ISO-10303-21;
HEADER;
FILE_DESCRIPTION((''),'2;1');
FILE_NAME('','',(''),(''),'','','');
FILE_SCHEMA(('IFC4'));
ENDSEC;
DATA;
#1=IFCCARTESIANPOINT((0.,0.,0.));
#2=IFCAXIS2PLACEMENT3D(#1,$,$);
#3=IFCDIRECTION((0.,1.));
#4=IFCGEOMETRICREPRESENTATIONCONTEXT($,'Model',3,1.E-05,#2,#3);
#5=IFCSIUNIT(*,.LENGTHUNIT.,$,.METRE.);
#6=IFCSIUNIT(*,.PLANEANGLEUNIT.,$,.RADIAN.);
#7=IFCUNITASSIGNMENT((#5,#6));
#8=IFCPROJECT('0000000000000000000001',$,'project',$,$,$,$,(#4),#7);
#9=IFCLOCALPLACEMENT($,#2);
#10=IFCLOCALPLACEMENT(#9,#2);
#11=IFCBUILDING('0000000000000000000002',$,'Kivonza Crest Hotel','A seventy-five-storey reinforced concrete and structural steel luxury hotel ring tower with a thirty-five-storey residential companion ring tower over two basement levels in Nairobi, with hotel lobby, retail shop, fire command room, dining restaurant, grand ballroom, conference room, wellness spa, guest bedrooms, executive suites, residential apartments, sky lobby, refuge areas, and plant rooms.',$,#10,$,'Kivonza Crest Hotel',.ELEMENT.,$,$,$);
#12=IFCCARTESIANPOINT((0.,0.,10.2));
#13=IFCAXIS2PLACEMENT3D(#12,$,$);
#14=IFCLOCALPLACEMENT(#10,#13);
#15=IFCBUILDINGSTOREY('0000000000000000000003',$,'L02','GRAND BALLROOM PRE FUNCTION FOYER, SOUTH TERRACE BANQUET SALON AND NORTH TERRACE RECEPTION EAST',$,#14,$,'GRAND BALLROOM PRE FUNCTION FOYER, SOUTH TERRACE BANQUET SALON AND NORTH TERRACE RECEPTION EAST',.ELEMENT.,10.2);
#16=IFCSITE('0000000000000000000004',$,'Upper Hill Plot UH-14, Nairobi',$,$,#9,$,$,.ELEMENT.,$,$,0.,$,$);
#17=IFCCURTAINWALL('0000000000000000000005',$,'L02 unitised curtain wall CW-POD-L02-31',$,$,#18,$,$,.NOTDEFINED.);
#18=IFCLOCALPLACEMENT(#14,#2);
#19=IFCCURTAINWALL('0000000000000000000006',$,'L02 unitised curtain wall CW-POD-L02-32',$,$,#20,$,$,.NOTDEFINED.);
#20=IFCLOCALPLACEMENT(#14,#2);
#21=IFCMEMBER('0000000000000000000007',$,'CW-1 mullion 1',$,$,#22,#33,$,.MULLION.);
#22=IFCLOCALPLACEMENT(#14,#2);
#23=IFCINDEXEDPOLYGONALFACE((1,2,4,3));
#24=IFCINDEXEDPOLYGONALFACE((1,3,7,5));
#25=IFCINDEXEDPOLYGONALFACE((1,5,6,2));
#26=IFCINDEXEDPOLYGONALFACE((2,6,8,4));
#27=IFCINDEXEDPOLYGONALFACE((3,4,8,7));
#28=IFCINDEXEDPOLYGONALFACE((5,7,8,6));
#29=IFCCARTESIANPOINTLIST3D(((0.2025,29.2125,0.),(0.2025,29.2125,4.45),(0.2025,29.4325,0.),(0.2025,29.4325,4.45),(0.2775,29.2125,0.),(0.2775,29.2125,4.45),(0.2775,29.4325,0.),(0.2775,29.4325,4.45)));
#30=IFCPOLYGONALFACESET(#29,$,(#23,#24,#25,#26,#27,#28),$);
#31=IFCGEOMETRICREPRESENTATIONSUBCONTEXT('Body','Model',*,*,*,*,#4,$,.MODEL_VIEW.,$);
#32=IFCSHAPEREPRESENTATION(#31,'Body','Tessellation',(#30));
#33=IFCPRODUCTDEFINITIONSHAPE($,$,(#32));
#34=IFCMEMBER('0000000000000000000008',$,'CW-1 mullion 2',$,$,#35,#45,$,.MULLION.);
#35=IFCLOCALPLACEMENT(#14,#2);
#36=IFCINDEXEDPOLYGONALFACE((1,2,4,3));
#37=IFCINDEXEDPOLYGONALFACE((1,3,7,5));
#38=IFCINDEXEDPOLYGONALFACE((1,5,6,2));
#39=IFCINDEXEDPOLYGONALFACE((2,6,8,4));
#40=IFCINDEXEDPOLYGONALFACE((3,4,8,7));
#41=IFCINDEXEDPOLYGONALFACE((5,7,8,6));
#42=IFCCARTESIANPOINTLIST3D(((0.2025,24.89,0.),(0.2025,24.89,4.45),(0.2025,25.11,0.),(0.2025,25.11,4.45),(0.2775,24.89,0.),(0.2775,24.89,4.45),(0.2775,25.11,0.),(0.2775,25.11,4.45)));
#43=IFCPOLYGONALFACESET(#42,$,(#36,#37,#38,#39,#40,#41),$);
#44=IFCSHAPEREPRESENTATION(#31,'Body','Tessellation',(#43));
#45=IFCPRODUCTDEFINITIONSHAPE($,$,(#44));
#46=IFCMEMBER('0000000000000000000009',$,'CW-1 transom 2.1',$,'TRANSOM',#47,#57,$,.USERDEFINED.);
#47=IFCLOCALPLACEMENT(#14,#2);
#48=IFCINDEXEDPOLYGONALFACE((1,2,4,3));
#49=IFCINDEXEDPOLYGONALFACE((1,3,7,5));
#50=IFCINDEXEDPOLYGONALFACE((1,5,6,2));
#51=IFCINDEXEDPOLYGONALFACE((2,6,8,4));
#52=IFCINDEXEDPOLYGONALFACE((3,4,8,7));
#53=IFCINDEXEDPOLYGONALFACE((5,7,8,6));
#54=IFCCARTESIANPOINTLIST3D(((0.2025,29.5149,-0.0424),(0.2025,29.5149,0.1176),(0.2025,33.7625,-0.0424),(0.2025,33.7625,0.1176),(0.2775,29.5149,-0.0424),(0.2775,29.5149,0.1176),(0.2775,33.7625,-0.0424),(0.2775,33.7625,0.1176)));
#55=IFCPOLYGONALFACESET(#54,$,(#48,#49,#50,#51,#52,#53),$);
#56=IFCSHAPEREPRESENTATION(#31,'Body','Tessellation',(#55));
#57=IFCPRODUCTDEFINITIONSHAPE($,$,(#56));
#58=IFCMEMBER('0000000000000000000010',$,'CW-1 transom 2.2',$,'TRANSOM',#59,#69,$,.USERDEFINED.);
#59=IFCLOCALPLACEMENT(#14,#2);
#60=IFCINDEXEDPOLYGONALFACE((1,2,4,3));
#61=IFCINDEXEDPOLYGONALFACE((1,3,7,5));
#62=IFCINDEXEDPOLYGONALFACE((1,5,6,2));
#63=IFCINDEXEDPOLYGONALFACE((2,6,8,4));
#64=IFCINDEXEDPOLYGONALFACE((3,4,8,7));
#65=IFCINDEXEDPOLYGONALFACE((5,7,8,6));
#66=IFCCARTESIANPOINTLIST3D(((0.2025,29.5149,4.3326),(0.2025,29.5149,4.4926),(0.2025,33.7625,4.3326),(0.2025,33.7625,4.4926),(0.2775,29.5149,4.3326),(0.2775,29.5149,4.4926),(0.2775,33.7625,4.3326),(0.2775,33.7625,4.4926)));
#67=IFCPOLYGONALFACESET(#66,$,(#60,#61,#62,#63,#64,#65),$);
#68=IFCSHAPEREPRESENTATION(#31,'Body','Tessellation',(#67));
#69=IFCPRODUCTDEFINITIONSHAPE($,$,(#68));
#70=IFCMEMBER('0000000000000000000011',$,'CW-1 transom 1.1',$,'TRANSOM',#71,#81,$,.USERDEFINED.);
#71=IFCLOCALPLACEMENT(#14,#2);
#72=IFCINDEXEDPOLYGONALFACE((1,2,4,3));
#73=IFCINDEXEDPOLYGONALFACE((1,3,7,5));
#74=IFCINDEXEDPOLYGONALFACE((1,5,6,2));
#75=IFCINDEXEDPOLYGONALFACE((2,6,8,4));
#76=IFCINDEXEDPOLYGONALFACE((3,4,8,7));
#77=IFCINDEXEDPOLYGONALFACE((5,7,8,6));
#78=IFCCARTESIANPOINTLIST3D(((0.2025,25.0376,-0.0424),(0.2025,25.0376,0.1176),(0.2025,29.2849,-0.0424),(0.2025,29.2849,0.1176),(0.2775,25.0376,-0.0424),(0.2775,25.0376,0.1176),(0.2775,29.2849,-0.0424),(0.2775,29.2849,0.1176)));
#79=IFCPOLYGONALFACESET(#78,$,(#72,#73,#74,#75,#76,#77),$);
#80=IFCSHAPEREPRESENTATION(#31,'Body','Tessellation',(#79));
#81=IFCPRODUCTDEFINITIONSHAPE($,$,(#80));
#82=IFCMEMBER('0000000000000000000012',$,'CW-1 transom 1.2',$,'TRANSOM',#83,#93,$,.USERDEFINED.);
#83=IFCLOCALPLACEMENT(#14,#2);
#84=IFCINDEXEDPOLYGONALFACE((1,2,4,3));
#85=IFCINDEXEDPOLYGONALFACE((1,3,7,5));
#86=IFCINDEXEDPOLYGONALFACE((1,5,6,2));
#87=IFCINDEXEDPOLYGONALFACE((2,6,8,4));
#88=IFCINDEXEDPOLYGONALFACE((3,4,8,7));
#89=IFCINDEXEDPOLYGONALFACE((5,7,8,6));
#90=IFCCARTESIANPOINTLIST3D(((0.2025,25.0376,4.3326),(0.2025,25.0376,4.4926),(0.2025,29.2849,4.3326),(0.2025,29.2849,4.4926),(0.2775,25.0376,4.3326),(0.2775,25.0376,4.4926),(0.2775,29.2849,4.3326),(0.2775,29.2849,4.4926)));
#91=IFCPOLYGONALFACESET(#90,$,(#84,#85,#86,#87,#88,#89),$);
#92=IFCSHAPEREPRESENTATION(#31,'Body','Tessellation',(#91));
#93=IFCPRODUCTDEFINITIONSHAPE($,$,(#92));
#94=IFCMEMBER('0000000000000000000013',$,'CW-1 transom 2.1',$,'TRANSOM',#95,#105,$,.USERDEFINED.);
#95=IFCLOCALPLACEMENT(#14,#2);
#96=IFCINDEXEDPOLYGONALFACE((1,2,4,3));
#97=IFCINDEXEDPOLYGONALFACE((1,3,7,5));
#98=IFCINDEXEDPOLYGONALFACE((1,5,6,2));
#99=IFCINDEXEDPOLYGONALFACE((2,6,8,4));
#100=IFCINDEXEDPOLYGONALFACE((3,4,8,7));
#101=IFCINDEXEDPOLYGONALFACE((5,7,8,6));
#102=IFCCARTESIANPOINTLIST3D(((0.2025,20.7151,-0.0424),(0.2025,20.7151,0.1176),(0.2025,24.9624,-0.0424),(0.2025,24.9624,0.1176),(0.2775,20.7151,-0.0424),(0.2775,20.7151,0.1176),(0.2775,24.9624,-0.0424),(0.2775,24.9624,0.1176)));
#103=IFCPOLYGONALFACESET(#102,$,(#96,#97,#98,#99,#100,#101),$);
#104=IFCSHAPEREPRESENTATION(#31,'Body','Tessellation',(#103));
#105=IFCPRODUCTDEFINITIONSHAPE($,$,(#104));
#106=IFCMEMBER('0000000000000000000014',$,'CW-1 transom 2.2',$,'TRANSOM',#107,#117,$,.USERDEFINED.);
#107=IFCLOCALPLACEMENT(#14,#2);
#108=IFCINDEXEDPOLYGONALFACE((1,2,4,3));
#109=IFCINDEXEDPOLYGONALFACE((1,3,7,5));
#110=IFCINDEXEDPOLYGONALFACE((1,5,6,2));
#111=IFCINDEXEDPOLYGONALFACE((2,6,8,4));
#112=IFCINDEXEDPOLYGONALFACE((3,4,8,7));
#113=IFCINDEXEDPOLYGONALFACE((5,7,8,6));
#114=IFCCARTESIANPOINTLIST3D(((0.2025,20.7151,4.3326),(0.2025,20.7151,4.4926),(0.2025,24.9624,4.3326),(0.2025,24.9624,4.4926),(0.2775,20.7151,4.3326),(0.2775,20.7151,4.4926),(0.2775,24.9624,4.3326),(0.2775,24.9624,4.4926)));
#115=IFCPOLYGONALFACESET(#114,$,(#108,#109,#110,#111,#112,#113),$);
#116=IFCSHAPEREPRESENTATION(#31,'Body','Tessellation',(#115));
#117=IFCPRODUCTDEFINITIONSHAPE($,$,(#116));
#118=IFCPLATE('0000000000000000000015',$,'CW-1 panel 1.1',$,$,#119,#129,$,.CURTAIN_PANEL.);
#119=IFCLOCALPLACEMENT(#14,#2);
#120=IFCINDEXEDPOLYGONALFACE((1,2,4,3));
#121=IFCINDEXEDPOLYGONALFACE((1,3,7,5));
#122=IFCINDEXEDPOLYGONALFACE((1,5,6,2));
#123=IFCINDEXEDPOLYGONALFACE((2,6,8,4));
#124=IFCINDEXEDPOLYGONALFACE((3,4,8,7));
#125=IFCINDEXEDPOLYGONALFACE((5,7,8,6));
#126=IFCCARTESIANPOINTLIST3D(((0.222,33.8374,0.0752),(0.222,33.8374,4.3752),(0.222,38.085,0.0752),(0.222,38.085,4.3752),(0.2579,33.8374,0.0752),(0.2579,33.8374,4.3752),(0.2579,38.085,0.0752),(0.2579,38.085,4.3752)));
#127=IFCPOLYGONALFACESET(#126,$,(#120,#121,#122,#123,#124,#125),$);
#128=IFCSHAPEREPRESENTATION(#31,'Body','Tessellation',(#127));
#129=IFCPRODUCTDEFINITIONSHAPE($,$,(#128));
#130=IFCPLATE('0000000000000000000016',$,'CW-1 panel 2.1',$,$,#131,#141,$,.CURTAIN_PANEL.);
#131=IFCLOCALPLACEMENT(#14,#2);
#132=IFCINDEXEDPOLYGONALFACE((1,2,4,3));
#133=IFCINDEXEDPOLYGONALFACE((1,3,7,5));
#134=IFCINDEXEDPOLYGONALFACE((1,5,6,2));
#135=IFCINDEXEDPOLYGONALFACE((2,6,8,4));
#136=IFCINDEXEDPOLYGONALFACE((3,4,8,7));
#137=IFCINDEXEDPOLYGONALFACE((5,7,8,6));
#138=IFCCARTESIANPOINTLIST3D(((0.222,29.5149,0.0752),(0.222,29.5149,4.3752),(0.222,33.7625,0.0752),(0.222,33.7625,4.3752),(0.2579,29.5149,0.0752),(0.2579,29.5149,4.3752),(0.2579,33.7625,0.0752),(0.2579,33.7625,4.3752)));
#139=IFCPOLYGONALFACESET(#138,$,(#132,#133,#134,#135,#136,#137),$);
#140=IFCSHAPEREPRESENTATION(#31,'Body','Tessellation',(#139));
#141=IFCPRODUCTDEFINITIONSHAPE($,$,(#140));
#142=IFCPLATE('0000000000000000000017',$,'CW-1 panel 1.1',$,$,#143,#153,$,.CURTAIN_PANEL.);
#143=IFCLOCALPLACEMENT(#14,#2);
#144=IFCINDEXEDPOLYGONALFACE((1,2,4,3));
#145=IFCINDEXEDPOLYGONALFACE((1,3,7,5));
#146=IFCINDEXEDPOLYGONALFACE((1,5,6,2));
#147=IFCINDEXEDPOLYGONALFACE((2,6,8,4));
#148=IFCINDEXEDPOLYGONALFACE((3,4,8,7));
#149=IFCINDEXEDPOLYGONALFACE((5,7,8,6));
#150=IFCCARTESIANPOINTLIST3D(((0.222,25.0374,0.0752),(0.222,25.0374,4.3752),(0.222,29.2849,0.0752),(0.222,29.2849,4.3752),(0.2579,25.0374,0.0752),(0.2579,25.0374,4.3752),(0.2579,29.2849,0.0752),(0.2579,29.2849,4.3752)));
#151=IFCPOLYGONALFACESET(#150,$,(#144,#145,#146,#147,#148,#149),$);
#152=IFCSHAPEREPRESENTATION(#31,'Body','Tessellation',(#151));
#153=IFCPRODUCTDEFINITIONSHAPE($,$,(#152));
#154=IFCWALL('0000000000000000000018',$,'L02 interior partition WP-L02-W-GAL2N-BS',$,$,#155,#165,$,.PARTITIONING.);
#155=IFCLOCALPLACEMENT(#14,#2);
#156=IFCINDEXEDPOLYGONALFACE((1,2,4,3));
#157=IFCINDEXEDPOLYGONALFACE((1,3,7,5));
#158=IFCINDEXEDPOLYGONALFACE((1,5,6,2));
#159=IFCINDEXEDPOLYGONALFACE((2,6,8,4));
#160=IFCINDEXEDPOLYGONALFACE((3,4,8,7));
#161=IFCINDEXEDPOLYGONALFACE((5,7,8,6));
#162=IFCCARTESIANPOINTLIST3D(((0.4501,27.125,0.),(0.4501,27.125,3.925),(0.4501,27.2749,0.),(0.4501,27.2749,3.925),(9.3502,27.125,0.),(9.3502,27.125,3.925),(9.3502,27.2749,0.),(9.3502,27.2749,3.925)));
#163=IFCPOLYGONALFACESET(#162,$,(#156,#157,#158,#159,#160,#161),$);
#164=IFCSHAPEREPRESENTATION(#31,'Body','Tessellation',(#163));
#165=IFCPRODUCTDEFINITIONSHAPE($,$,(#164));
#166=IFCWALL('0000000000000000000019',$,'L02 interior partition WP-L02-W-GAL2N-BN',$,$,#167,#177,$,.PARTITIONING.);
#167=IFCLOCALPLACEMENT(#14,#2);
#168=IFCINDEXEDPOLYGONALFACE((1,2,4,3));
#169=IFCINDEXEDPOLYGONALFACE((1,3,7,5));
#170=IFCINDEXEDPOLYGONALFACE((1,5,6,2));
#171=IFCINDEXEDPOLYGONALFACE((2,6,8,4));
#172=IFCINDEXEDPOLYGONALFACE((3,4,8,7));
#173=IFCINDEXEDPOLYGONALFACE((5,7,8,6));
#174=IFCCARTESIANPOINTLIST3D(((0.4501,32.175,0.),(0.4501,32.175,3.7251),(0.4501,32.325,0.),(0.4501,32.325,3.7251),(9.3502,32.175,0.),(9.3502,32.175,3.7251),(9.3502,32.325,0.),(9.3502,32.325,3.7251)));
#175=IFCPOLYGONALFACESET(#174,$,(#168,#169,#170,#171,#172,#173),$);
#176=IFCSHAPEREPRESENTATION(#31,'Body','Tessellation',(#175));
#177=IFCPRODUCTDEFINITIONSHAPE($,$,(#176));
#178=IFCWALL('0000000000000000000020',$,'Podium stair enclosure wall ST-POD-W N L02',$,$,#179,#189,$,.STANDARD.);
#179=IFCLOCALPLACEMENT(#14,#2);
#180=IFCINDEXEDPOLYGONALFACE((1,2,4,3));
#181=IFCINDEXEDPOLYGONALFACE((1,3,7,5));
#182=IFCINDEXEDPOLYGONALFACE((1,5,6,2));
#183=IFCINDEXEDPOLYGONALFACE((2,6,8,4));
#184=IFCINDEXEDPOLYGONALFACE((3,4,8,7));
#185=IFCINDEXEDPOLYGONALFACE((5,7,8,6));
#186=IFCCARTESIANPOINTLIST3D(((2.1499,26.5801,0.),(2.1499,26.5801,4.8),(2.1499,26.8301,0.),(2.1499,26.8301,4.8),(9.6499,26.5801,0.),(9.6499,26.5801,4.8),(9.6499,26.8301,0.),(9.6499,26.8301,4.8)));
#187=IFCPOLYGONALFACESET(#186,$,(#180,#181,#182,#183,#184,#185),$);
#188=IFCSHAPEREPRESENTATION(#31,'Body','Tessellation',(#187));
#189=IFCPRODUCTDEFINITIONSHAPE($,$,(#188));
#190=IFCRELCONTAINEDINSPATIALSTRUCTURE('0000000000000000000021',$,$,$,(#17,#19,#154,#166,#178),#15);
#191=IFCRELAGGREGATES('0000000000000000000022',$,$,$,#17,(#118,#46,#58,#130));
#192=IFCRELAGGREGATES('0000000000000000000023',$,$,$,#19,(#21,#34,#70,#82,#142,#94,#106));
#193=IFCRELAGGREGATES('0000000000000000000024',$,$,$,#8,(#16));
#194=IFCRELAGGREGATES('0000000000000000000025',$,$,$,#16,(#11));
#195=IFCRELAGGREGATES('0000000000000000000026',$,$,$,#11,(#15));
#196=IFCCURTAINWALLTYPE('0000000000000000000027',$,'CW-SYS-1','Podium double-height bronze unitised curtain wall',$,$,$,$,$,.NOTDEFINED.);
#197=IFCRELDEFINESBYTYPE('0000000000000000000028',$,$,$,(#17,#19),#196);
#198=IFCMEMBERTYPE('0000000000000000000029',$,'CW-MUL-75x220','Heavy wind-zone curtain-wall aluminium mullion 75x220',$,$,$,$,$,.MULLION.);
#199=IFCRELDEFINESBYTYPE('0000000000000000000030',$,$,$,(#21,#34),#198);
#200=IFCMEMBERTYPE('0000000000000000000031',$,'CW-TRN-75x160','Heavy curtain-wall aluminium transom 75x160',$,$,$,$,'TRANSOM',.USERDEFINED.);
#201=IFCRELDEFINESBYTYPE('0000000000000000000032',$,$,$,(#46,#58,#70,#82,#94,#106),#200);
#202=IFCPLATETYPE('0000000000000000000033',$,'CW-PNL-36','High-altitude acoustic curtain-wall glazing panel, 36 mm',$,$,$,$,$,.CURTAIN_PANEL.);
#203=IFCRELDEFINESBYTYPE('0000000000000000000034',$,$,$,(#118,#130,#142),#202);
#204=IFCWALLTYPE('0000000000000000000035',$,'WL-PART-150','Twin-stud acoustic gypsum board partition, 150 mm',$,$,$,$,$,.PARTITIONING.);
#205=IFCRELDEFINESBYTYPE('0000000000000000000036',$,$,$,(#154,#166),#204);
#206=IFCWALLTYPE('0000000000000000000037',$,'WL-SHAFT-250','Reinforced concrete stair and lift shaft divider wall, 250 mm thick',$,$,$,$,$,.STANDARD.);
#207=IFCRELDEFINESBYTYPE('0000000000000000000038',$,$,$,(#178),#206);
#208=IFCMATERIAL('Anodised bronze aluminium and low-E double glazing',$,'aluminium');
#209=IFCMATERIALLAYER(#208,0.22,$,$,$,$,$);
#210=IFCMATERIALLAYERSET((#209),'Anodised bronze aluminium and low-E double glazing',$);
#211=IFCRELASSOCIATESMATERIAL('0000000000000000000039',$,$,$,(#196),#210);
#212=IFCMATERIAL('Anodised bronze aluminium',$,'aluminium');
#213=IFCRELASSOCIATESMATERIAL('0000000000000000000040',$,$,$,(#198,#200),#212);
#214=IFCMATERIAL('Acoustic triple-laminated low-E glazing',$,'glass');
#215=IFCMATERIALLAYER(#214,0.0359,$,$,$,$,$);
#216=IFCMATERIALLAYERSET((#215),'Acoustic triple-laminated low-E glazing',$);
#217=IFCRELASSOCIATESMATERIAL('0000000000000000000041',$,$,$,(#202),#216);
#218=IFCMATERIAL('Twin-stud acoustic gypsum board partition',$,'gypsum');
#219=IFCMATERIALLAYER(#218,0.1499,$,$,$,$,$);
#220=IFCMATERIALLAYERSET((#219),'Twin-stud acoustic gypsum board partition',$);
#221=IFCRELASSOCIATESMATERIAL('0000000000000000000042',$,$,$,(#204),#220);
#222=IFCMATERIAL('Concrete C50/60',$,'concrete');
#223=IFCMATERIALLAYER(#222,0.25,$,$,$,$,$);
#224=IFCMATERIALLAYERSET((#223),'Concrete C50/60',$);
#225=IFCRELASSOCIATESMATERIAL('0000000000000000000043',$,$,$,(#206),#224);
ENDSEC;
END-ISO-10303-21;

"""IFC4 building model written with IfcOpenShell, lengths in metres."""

from ifc_helpers import new_model, si_unit, direction, frame, frame_2d, origin, origin_2d, place, context, subcontext, project, spatial, rectangle, extrude, material, layer, layer_set, material_profile, profile_set, type_object, element, aggregate, save


model = new_model("IFC4")

# Units and contexts
model_context = context("Model", 3, precision=1e-05, world=origin(), true_north=direction((0.0, 1.0)))
body_context = subcontext(model_context, "Body", "Model", "MODEL_VIEW")
ifc_project = project(units=[si_unit("LENGTHUNIT", "METRE"), si_unit("PLANEANGLEUNIT", "RADIAN")], contexts=[model_context])

# Site, building, storey
site_placement = place(None, origin())
site = spatial("IfcSite", under=ifc_project, at=site_placement, Name="Upper Hill Plot UH-14, Nairobi", CompositionType="ELEMENT", RefElevation=0.0)
building_placement = place(site_placement, origin())
building = spatial("IfcBuilding", under=site, at=building_placement, Name="Kivonza Crest Hotel", Description="A seventy-five-storey reinforced concrete and structural steel luxury hotel ring tower with a thirty-five-storey residential companion ring tower over two basement levels in Nairobi, with hotel lobby, retail shop, fire command room, dining restaurant, grand ballroom, conference room, wellness spa, guest bedrooms, executive suites, residential apartments, sky lobby, refuge areas, and plant rooms.", LongName="Kivonza Crest Hotel", CompositionType="ELEMENT")
storey_placement = place(building_placement, frame((0.0, 0.0, 10.2)))
storey = spatial("IfcBuildingStorey", under=building, at=storey_placement, Name="L02", Description="GRAND BALLROOM PRE FUNCTION FOYER, SOUTH TERRACE BANQUET SALON AND NORTH TERRACE RECEPTION EAST", LongName="GRAND BALLROOM PRE FUNCTION FOYER, SOUTH TERRACE BANQUET SALON AND NORTH TERRACE RECEPTION EAST", CompositionType="ELEMENT", Elevation=10.2)

# Curtain walls, members
ifc_material_1 = material(Name="Anodised bronze aluminium and low-E double glazing", Category="aluminium")
ifc_layer_1 = layer(ifc_material_1, 0.22)
ifc_layer_set_1 = layer_set([ifc_layer_1], Name="Anodised bronze aluminium and low-E double glazing")
curtain_wall_type = type_object("IfcCurtainWallType", Name="CW-SYS-1", Description="Podium double-height bronze unitised curtain wall", PredefinedType="NOTDEFINED", material=ifc_layer_set_1)
curtain_wall_1_placement = place(storey_placement, origin())
curtain_wall_1 = element("IfcCurtainWall", 1, at=curtain_wall_1_placement, inside=storey, type_object=curtain_wall_type, Name="L02 unitised curtain wall CW-POD-L02-31", PredefinedType="NOTDEFINED")
ifc_material_2 = material(Name="Anodised bronze aluminium", Category="aluminium")
ifc_material_profile_1 = material_profile(ifc_material_2, rectangle(XDim=0.075, YDim=0.22, at=origin_2d()), Name="CW-M 75x220")
ifc_profile_set_1 = profile_set([ifc_material_profile_1], Name="Anodised bronze aluminium")
member_type_1 = type_object("IfcMemberType", Name="CW-MUL-75x220", Description="Heavy wind-zone curtain-wall aluminium mullion 75x220", PredefinedType="MULLION", material=ifc_profile_set_1)
curtain_wall_2_placement = place(storey_placement, origin())
curtain_wall_2 = element("IfcCurtainWall", 2, at=curtain_wall_2_placement, inside=storey, type_object=curtain_wall_type, Name="L02 unitised curtain wall CW-POD-L02-32", PredefinedType="NOTDEFINED")
member_1_placement = place(storey_placement, frame((0.24, 29.3225, 0.0), z_axis=(0.0, 0.0, 1.0), x_axis=(1.0, 0.0, 0.0)))
member_1 = element("IfcMember", 3, at=member_1_placement, type_object=member_type_1, Name="CW-1 mullion 1", PredefinedType="MULLION", context=body_context, shape_type="SweptSolid", body=[
    extrude(rectangle(XDim=0.075, YDim=0.22, at=origin_2d()), origin(), (0.0, 0.0, 1.0), 4.45),
])
member_2_placement = place(storey_placement, frame((0.24, 25.0, 0.0), z_axis=(0.0, 0.0, 1.0), x_axis=(1.0, 0.0, 0.0)))
member_2 = element("IfcMember", 4, at=member_2_placement, type_object=member_type_1, Name="CW-1 mullion 2", PredefinedType="MULLION", context=body_context, shape_type="SweptSolid", body=[
    extrude(rectangle(XDim=0.075, YDim=0.22, at=origin_2d()), origin(), (0.0, 0.0, 1.0), 4.45),
])

# Members
ifc_material_profile_2 = material_profile(ifc_material_2, rectangle(XDim=0.075, YDim=0.1599, at=origin_2d()), Name="CW-T 75x160")
ifc_profile_set_2 = profile_set([ifc_material_profile_2], Name="Anodised bronze aluminium")
member_type_2 = type_object("IfcMemberType", Name="CW-TRN-75x160", Description="Heavy curtain-wall aluminium transom 75x160", ElementType="TRANSOM", PredefinedType="USERDEFINED", material=ifc_profile_set_2)
member_3_placement = place(storey_placement, frame((0.24, 33.7625, 0.0376), z_axis=(0.0, -1.0, 0.0), x_axis=(1.0, 0.0, 0.0)))
member_3 = element("IfcMember", 5, at=member_3_placement, type_object=member_type_2, Name="CW-1 transom 2.1", ObjectType="TRANSOM", PredefinedType="USERDEFINED", context=body_context, shape_type="SweptSolid", body=[
    extrude(rectangle(XDim=0.075, YDim=0.1599, at=origin_2d()), origin(), (0.0, 0.0, 1.0), 4.2476),
])
member_4_placement = place(storey_placement, frame((0.24, 33.7625, 4.4126), z_axis=(0.0, -1.0, 0.0), x_axis=(1.0, 0.0, 0.0)))
member_4 = element("IfcMember", 6, at=member_4_placement, type_object=member_type_2, Name="CW-1 transom 2.2", ObjectType="TRANSOM", PredefinedType="USERDEFINED", context=body_context, shape_type="SweptSolid", body=[
    extrude(rectangle(XDim=0.075, YDim=0.1599, at=origin_2d()), origin(), (0.0, 0.0, 1.0), 4.2476),
])
member_5_placement = place(storey_placement, frame((0.24, 29.2849, 0.0376), z_axis=(0.0, -1.0, 0.0), x_axis=(1.0, 0.0, 0.0)))
member_5 = element("IfcMember", 7, at=member_5_placement, type_object=member_type_2, Name="CW-1 transom 1.1", ObjectType="TRANSOM", PredefinedType="USERDEFINED", context=body_context, shape_type="SweptSolid", body=[
    extrude(rectangle(XDim=0.075, YDim=0.1599, at=origin_2d()), origin(), (0.0, 0.0, 1.0), 4.2473),
])
member_6_placement = place(storey_placement, frame((0.24, 29.2849, 4.4126), z_axis=(0.0, -1.0, 0.0), x_axis=(1.0, 0.0, 0.0)))
member_6 = element("IfcMember", 8, at=member_6_placement, type_object=member_type_2, Name="CW-1 transom 1.2", ObjectType="TRANSOM", PredefinedType="USERDEFINED", context=body_context, shape_type="SweptSolid", body=[
    extrude(rectangle(XDim=0.075, YDim=0.1599, at=origin_2d()), origin(), (0.0, 0.0, 1.0), 4.2473),
])
member_7_placement = place(storey_placement, frame((0.24, 24.9624, 0.0376), z_axis=(0.0, -1.0, 0.0), x_axis=(1.0, 0.0, 0.0)))
member_7 = element("IfcMember", 9, at=member_7_placement, type_object=member_type_2, Name="CW-1 transom 2.1", ObjectType="TRANSOM", PredefinedType="USERDEFINED", context=body_context, shape_type="SweptSolid", body=[
    extrude(rectangle(XDim=0.075, YDim=0.1599, at=origin_2d()), origin(), (0.0, 0.0, 1.0), 4.2473),
])
member_8_placement = place(storey_placement, frame((0.24, 24.9624, 4.4126), z_axis=(0.0, -1.0, 0.0), x_axis=(1.0, 0.0, 0.0)))
member_8 = element("IfcMember", 10, at=member_8_placement, type_object=member_type_2, Name="CW-1 transom 2.2", ObjectType="TRANSOM", PredefinedType="USERDEFINED", context=body_context, shape_type="SweptSolid", body=[
    extrude(rectangle(XDim=0.075, YDim=0.1599, at=origin_2d()), origin(), (0.0, 0.0, 1.0), 4.2473),
])

# Plates
ifc_material_3 = material(Name="Acoustic triple-laminated low-E glazing", Category="glass")
ifc_layer_2 = layer(ifc_material_3, 0.0359)
ifc_layer_set_2 = layer_set([ifc_layer_2], Name="Acoustic triple-laminated low-E glazing")
plate_type = type_object("IfcPlateType", Name="CW-PNL-36", Description="High-altitude acoustic curtain-wall glazing panel, 36 mm", PredefinedType="CURTAIN_PANEL", material=ifc_layer_set_2)
plate_1_placement = place(storey_placement, frame((0.24, 35.9612, 0.0752), z_axis=(0.0, 0.0, 1.0), x_axis=(0.0, -1.0, 0.0)))
plate_1 = element("IfcPlate", 11, at=plate_1_placement, type_object=plate_type, Name="CW-1 panel 1.1", PredefinedType="CURTAIN_PANEL", context=body_context, shape_type="SweptSolid", body=[
    extrude(rectangle(XDim=4.2476, YDim=0.0359, at=origin_2d()), origin(), (0.0, 0.0, 1.0), 4.3),
])
plate_2_placement = place(storey_placement, frame((0.24, 31.6387, 0.0752), z_axis=(0.0, 0.0, 1.0), x_axis=(0.0, -1.0, 0.0)))
plate_2 = element("IfcPlate", 12, at=plate_2_placement, type_object=plate_type, Name="CW-1 panel 2.1", PredefinedType="CURTAIN_PANEL", context=body_context, shape_type="SweptSolid", body=[
    extrude(rectangle(XDim=4.2476, YDim=0.0359, at=origin_2d()), origin(), (0.0, 0.0, 1.0), 4.3),
])
aggregate(curtain_wall_1, [plate_1, member_3, member_4, plate_2])
plate_3_placement = place(storey_placement, frame((0.24, 27.1611, 0.0752), z_axis=(0.0, 0.0, 1.0), x_axis=(0.0, -1.0, 0.0)))
plate_3 = element("IfcPlate", 13, at=plate_3_placement, type_object=plate_type, Name="CW-1 panel 1.1", PredefinedType="CURTAIN_PANEL", context=body_context, shape_type="SweptSolid", body=[
    extrude(rectangle(XDim=4.2476, YDim=0.0359, at=origin_2d()), origin(), (0.0, 0.0, 1.0), 4.3),
])
aggregate(curtain_wall_2, [member_1, member_2, member_5, member_6, plate_3, member_7, member_8])

# Walls
ifc_material_4 = material(Name="Twin-stud acoustic gypsum board partition", Category="gypsum")
ifc_layer_3 = layer(ifc_material_4, 0.1499)
ifc_layer_set_3 = layer_set([ifc_layer_3], Name="Twin-stud acoustic gypsum board partition")
wall_type_1 = type_object("IfcWallType", Name="WL-PART-150", Description="Twin-stud acoustic gypsum board partition, 150 mm", PredefinedType="PARTITIONING", material=ifc_layer_set_3)
wall_1_placement = place(storey_placement, frame((0.45, 27.2, 0.0), z_axis=(0.0, 0.0, 1.0), x_axis=(1.0, 0.0, 0.0)))
element("IfcWall", 14, at=wall_1_placement, inside=storey, type_object=wall_type_1, Name="L02 interior partition WP-L02-W-GAL2N-BS", PredefinedType="PARTITIONING", context=body_context, shape_type="SweptSolid", body=[
    extrude(rectangle(XDim=8.9001, YDim=0.1499, at=frame_2d((4.4502, 0.0))), origin(), (0.0, 0.0, 1.0), 3.925),
])
wall_2_placement = place(storey_placement, frame((0.45, 32.25, 0.0), z_axis=(0.0, 0.0, 1.0), x_axis=(1.0, 0.0, 0.0)))
element("IfcWall", 15, at=wall_2_placement, inside=storey, type_object=wall_type_1, Name="L02 interior partition WP-L02-W-GAL2N-BN", PredefinedType="PARTITIONING", context=body_context, shape_type="SweptSolid", body=[
    extrude(rectangle(XDim=8.9001, YDim=0.1499, at=frame_2d((4.4502, 0.0))), origin(), (0.0, 0.0, 1.0), 3.7251),
])
ifc_material_5 = material(Name="Concrete C50/60", Category="concrete")
ifc_layer_4 = layer(ifc_material_5, 0.25)
ifc_layer_set_4 = layer_set([ifc_layer_4], Name="Concrete C50/60")
wall_type_2 = type_object("IfcWallType", Name="WL-SHAFT-250", Description="Reinforced concrete stair and lift shaft divider wall, 250 mm thick", PredefinedType="STANDARD", material=ifc_layer_set_4)
wall_3_placement = place(storey_placement, frame((2.1499, 26.7051, 0.0), z_axis=(0.0, 0.0, 1.0), x_axis=(1.0, 0.0, 0.0)))
element("IfcWall", 16, at=wall_3_placement, inside=storey, type_object=wall_type_2, Name="Podium stair enclosure wall ST-POD-W N L02", PredefinedType="STANDARD", context=body_context, shape_type="SweptSolid", body=[
    extrude(rectangle(XDim=7.5, YDim=0.25, at=frame_2d((3.75, 0.0))), origin(), (0.0, 0.0, 1.0), 4.8),
])

save(model, "model.ifc")
